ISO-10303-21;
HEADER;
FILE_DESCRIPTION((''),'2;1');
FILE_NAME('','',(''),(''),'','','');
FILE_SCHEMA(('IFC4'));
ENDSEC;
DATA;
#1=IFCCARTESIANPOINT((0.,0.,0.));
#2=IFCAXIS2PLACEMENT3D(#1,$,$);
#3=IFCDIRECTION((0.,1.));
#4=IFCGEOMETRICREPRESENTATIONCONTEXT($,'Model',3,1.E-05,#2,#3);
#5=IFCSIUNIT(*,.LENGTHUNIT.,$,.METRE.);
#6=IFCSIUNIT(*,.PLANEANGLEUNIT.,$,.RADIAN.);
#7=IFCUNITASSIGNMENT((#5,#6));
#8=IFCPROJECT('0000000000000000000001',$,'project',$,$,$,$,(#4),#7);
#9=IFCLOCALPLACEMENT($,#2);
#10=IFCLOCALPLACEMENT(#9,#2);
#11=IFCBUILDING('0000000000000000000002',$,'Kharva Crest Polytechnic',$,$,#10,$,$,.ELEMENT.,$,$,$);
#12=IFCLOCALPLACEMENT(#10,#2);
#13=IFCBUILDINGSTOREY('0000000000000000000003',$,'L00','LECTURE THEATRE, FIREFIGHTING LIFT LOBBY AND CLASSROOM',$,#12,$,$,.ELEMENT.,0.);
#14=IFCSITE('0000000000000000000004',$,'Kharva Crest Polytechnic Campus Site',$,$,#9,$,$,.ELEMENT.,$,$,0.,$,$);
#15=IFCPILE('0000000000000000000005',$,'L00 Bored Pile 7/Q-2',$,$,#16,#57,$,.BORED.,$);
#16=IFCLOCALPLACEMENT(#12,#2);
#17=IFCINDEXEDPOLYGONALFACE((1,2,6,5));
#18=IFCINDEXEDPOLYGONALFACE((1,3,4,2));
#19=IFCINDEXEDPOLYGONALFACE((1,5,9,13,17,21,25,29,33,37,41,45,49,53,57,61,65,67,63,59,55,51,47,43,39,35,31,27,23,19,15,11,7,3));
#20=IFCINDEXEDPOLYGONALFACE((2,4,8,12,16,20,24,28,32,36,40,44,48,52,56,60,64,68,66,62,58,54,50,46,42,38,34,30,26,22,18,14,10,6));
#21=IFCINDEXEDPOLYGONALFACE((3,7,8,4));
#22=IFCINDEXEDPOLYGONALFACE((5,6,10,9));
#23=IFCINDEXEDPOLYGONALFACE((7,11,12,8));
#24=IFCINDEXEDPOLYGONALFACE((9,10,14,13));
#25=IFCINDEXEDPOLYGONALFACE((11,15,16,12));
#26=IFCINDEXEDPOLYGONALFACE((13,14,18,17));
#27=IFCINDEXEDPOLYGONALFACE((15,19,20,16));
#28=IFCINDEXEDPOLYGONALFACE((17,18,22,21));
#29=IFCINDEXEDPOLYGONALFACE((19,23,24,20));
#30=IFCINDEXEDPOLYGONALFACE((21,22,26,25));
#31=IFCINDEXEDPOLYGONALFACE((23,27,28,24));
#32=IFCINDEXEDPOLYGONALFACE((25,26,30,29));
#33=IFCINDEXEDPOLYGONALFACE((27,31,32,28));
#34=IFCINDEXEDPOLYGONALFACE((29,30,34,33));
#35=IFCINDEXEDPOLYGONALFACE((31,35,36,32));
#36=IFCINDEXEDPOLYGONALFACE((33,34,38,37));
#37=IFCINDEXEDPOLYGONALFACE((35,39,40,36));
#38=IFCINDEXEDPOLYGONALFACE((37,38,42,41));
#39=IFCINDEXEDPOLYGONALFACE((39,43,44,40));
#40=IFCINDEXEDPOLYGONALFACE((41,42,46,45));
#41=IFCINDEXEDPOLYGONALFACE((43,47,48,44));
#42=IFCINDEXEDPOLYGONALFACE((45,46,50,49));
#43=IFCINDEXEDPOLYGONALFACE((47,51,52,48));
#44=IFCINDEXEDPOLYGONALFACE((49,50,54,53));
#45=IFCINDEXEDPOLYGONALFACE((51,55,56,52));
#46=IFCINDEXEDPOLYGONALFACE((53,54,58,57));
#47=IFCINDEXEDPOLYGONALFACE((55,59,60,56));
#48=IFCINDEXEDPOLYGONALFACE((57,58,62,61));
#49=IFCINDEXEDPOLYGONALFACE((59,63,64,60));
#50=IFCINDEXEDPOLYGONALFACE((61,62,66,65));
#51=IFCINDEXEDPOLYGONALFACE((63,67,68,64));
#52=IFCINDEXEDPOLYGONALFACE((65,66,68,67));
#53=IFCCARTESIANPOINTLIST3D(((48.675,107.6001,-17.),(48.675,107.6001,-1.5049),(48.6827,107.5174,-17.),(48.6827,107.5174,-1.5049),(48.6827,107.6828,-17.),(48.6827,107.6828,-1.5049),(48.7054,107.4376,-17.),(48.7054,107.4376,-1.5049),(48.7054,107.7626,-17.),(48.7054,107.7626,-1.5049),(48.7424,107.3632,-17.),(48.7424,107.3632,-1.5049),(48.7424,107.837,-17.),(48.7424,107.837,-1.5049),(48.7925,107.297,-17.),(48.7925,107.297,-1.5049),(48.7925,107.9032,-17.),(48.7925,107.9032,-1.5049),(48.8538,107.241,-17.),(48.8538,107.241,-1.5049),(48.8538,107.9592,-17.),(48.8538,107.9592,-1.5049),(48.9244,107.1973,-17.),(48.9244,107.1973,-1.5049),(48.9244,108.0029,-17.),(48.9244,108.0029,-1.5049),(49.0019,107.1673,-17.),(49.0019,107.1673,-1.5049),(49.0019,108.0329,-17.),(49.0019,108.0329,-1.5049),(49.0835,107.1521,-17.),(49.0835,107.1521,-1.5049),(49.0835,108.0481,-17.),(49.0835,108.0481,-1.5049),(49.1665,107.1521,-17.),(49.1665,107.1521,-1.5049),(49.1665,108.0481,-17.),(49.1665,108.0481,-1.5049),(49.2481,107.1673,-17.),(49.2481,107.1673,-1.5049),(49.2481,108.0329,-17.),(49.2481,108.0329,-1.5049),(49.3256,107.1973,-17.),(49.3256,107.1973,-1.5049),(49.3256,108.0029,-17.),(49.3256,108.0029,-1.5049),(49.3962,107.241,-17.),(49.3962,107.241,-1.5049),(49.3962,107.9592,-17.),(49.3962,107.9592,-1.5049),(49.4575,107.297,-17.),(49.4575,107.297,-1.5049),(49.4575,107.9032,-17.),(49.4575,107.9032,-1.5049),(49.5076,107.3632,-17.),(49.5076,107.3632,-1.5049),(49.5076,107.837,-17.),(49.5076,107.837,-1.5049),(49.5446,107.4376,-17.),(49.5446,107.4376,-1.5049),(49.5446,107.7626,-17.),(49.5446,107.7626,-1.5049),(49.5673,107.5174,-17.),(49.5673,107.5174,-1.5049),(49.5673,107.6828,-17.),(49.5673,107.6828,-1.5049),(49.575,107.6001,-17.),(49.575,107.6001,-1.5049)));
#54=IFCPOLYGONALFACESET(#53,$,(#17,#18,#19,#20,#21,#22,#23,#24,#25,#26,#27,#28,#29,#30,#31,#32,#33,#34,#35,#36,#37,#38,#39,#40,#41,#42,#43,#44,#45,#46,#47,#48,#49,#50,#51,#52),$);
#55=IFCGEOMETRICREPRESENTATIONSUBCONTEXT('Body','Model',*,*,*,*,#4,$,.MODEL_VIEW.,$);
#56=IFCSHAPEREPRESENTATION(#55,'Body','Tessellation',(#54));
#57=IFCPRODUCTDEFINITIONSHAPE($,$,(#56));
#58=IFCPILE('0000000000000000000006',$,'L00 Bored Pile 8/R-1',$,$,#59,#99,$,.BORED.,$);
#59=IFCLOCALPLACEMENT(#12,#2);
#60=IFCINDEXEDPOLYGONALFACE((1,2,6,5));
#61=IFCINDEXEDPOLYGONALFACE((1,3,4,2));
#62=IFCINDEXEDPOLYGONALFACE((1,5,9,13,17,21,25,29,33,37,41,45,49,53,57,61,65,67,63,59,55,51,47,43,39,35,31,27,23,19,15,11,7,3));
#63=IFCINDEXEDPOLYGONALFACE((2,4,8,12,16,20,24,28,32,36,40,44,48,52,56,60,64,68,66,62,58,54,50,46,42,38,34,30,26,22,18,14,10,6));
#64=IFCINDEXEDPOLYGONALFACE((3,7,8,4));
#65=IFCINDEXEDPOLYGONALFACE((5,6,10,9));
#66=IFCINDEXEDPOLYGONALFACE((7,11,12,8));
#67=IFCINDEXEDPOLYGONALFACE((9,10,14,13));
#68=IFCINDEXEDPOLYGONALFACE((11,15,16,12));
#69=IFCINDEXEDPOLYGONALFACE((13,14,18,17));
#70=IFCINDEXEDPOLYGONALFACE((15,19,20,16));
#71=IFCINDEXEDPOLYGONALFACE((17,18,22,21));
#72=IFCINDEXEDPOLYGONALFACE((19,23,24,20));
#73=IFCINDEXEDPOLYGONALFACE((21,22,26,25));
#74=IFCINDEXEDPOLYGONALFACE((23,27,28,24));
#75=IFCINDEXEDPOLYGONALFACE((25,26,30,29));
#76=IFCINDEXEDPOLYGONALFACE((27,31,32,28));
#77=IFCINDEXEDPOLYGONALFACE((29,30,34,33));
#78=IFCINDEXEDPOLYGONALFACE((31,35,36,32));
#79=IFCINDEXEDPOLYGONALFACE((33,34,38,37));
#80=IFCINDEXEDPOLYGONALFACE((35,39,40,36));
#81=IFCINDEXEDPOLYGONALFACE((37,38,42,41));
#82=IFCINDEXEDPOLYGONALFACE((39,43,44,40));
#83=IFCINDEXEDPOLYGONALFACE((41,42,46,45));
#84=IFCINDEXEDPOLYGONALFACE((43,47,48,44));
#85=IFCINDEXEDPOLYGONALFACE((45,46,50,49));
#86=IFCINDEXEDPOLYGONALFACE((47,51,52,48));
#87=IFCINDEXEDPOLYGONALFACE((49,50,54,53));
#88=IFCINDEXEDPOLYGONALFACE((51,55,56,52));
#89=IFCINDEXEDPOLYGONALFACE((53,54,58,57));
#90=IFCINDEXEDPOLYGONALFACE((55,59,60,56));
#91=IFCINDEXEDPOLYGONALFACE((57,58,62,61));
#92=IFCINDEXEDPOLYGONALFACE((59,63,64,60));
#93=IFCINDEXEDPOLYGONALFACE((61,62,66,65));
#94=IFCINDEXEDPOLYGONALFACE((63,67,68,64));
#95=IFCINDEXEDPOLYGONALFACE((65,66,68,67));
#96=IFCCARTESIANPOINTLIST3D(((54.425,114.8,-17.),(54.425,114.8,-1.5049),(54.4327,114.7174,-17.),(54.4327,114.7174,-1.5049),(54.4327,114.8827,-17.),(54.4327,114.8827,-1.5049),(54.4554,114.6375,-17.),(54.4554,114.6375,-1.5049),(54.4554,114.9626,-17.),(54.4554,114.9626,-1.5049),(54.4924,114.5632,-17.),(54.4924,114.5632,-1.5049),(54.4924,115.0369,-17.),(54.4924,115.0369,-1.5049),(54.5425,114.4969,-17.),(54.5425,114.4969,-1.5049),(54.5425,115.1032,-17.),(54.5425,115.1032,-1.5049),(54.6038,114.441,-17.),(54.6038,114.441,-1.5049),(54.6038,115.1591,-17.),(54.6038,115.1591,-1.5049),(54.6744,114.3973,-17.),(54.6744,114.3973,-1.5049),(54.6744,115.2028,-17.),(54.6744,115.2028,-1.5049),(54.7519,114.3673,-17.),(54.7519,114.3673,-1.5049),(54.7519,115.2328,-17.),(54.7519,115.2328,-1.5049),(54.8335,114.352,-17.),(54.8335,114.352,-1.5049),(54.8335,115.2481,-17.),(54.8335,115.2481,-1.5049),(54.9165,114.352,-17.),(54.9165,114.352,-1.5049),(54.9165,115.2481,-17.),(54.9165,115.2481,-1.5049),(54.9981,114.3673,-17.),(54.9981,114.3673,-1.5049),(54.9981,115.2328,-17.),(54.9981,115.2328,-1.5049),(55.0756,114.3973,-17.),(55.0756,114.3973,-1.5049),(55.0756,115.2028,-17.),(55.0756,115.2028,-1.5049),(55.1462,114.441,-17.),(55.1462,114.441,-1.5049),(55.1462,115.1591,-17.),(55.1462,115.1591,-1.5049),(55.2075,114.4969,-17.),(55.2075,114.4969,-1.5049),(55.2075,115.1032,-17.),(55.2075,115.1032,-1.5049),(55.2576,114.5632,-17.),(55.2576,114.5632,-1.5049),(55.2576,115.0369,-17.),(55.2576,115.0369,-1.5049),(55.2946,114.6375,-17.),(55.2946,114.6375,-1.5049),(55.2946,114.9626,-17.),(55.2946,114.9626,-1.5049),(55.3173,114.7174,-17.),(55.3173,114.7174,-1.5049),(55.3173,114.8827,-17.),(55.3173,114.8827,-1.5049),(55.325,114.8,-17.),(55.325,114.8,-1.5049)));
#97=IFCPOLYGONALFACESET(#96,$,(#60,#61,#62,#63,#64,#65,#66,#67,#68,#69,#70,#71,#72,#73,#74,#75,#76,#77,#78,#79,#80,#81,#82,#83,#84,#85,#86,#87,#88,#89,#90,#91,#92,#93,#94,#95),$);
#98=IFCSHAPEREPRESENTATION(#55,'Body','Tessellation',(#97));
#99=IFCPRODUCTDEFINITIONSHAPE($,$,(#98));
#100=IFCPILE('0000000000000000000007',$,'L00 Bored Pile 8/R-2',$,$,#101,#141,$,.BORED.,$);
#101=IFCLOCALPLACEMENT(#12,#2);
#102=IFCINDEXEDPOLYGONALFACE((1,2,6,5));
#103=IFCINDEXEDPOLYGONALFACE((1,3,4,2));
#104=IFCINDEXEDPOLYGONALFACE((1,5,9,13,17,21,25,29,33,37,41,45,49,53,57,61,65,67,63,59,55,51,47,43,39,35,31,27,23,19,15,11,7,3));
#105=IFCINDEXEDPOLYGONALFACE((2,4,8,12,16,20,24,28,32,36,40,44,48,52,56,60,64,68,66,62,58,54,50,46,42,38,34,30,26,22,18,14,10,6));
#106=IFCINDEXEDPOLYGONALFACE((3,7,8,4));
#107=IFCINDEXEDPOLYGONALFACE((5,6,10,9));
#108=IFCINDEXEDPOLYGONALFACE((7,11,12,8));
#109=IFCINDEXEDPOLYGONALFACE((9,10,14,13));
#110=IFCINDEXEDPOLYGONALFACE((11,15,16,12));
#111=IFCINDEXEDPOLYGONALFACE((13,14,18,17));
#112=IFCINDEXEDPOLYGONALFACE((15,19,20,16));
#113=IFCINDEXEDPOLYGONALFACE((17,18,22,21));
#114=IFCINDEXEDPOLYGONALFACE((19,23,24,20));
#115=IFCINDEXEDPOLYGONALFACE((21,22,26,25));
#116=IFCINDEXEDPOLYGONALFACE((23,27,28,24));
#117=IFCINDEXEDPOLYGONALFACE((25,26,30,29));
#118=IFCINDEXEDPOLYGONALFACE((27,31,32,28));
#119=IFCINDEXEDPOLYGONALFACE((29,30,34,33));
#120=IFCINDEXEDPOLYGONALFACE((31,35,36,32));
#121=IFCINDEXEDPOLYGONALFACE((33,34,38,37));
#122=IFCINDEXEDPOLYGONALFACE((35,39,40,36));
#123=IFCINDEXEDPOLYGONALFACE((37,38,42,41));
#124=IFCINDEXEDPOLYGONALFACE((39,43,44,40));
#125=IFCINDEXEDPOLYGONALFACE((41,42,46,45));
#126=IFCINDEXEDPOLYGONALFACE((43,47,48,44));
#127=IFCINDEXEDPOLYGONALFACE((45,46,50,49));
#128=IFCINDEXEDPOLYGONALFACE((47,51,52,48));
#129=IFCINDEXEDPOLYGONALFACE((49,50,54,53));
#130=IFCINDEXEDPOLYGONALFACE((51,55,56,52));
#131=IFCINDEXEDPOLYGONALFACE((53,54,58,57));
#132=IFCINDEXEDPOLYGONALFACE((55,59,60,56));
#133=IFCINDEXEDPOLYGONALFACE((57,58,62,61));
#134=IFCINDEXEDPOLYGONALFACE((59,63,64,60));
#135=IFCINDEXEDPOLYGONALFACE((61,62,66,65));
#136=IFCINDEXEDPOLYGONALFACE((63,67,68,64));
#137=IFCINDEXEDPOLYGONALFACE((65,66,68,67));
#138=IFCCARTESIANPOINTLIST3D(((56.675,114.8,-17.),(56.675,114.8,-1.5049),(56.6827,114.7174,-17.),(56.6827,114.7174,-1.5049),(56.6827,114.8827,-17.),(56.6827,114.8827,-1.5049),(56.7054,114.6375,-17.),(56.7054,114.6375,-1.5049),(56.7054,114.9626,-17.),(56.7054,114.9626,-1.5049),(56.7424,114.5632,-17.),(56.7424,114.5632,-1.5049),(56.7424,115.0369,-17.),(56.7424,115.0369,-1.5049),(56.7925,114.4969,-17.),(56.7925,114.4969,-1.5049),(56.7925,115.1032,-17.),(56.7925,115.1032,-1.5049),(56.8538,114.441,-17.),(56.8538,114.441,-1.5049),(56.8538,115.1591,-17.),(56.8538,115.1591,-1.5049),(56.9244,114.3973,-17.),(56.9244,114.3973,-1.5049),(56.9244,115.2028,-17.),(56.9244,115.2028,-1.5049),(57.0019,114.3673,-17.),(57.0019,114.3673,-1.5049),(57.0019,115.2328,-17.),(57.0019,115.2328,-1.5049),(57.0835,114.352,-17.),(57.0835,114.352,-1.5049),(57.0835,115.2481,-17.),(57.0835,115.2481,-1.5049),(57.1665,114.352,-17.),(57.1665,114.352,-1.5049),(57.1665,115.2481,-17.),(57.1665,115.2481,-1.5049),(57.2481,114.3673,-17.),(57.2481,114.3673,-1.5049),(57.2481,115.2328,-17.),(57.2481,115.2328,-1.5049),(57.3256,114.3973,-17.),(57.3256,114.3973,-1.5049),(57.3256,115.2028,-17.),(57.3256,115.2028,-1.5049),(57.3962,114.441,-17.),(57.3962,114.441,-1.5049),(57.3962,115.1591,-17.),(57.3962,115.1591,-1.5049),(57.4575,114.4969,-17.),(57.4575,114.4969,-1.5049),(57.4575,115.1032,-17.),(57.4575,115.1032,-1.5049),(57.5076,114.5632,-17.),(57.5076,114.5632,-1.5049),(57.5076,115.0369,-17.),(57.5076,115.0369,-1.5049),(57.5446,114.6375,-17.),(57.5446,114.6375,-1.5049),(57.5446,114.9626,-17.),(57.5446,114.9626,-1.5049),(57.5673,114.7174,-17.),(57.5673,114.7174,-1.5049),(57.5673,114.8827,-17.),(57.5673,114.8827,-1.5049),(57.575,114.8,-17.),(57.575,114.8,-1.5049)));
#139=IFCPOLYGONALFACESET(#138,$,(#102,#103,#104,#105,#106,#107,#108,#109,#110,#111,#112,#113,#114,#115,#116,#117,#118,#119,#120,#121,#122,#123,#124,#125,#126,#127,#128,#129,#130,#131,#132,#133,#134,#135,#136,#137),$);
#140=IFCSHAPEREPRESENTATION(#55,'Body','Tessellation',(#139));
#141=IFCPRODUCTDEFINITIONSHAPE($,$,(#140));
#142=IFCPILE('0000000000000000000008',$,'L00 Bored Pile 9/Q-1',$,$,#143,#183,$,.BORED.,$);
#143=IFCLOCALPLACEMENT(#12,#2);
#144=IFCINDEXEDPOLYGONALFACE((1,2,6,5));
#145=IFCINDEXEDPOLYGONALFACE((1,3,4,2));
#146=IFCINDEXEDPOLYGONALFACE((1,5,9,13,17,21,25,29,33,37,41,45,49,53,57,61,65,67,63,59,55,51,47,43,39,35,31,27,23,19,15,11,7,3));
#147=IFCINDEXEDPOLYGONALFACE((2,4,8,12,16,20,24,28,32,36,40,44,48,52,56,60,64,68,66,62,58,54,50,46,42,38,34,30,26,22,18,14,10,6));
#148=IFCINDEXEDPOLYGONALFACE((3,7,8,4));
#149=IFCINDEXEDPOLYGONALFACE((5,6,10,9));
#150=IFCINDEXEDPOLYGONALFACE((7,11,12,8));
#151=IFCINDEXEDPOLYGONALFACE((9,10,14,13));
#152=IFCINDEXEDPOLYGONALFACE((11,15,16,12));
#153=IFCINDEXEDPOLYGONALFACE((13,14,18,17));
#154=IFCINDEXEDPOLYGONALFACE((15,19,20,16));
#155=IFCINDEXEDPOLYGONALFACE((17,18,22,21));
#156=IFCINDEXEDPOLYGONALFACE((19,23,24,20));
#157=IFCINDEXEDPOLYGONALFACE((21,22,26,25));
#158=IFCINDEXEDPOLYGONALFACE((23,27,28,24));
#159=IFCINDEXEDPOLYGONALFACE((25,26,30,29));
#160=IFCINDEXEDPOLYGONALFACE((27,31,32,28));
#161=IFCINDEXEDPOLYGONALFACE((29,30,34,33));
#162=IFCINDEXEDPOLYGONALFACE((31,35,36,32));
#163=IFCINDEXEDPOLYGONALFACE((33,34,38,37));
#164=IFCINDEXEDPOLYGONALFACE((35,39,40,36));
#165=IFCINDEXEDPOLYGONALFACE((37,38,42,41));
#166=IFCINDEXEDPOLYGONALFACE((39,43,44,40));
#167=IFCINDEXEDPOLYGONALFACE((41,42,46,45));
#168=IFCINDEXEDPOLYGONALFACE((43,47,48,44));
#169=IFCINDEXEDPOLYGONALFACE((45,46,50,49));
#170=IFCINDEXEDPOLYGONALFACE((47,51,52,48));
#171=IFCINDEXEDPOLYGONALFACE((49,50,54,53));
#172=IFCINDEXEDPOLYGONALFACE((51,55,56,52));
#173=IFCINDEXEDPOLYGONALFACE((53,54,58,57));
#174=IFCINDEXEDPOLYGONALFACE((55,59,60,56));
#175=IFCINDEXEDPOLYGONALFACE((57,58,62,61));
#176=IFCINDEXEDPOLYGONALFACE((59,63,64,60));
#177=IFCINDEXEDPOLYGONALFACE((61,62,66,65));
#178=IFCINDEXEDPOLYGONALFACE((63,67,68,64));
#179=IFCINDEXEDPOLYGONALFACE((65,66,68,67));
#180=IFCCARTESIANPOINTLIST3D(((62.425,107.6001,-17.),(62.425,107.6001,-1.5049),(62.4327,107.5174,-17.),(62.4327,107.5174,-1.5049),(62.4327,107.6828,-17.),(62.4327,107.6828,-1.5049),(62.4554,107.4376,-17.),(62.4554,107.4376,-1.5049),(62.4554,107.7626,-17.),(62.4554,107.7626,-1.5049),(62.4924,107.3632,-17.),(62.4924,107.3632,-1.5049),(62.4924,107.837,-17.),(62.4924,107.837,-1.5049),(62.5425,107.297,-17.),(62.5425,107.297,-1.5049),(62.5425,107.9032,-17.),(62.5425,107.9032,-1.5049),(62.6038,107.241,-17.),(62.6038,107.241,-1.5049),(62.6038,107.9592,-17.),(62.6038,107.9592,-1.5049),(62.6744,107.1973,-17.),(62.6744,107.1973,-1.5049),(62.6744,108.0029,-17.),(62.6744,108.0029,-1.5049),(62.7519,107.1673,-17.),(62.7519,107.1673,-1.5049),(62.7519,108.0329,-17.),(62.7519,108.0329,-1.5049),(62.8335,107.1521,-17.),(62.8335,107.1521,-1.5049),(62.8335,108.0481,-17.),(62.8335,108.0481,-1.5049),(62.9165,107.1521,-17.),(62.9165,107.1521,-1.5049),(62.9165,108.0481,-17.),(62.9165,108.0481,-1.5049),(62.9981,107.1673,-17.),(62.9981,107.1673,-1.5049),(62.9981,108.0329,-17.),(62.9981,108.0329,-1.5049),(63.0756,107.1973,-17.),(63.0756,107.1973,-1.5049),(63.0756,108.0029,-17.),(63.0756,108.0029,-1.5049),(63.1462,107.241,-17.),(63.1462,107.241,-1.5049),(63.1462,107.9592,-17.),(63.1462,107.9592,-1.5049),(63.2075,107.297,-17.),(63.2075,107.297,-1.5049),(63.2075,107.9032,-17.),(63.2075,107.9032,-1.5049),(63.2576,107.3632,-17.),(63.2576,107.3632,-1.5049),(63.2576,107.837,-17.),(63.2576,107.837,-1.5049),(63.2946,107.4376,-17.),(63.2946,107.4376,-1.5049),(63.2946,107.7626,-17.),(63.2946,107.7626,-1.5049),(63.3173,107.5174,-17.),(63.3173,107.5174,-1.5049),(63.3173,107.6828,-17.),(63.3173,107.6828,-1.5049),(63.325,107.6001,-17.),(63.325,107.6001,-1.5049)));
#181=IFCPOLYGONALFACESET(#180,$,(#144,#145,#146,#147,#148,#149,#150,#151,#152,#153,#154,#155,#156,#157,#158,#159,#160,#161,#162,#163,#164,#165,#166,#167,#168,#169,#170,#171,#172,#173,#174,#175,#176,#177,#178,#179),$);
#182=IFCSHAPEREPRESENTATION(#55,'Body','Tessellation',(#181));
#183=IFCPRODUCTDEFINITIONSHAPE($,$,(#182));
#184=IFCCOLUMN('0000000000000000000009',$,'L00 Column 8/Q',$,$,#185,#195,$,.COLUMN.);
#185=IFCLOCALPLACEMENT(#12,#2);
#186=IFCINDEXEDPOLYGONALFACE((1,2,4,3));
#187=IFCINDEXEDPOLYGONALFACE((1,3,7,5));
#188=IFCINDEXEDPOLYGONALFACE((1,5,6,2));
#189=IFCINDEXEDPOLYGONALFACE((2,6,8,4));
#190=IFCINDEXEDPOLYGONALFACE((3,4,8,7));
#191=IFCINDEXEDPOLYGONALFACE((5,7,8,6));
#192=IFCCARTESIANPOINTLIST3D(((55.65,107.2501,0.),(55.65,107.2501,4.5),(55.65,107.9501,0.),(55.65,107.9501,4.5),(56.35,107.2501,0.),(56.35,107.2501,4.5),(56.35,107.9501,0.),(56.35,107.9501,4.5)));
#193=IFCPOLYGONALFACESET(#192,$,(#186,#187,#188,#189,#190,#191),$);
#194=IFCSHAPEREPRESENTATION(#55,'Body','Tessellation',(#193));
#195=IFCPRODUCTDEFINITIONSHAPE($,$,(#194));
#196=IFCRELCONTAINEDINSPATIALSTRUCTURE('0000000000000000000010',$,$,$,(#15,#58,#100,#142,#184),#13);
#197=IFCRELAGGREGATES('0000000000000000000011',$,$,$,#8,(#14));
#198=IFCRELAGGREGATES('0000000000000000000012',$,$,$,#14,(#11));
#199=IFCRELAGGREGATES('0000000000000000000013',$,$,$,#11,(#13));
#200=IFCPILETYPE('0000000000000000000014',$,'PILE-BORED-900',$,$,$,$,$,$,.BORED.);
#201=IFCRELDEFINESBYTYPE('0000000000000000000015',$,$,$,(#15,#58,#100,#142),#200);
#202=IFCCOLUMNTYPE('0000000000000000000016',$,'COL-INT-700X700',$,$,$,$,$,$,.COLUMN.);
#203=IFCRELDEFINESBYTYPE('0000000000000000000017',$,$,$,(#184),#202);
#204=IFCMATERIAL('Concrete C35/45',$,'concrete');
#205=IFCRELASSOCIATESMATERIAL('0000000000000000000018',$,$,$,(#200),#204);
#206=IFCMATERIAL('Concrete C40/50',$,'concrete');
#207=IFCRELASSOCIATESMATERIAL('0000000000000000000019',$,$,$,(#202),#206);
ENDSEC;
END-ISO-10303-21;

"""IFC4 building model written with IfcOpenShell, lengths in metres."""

from ifc_helpers import new_model, si_unit, direction, frame, origin, origin_2d, place, context, subcontext, project, spatial, rectangle, circle, extrude, material, material_profile, profile_set, type_object, element, save


model = new_model("IFC4")

# Units and contexts
model_context = context("Model", 3, precision=1e-05, world=origin(), true_north=direction((0.0, 1.0)))
body_context = subcontext(model_context, "Body", "Model", "MODEL_VIEW")
ifc_project = project(units=[si_unit("LENGTHUNIT", "METRE"), si_unit("PLANEANGLEUNIT", "RADIAN")], contexts=[model_context])

# Site, building, storey
site_placement = place(None, origin())
site = spatial("IfcSite", under=ifc_project, at=site_placement, Name="Kharva Crest Polytechnic Campus Site", CompositionType="ELEMENT", RefElevation=0.0)
building_placement = place(site_placement, origin())
building = spatial("IfcBuilding", under=site, at=building_placement, Name="Kharva Crest Polytechnic", CompositionType="ELEMENT")
storey_placement = place(building_placement, origin())
storey = spatial("IfcBuildingStorey", under=building, at=storey_placement, Name="L00", Description="LECTURE THEATRE, FIREFIGHTING LIFT LOBBY AND CLASSROOM", CompositionType="ELEMENT", Elevation=0.0)

# Shared definitions
ifc_material_1 = material(Name="Concrete C35/45", Category="concrete")

# Piles
ifc_material_profile_1 = material_profile(ifc_material_1, circle(Radius=0.45, at=origin_2d()), Name="DIA 900")
ifc_profile_set_1 = profile_set([ifc_material_profile_1], Name="Concrete C35/45")
pile_type_1 = type_object("IfcPileType", Name="PILE-BORED-900", PredefinedType="BORED", material=ifc_profile_set_1)
for number, where, z_axis, x_axis, name in (
    (1, (49.125, 107.6001, -1.5049), (0.0, 0.0, -1.0), (1.0, 0.0, 0.0), "L00 Bored Pile 7/Q-2"),
    (2, (54.875, 114.8, -1.5049), (0.0, 0.0, -1.0), (1.0, 0.0, 0.0), "L00 Bored Pile 8/R-1"),
    (3, (57.125, 114.8, -1.5049), (0.0, 0.0, -1.0), (1.0, 0.0, 0.0), "L00 Bored Pile 8/R-2"),
    (4, (62.875, 107.6001, -1.5049), (0.0, 0.0, -1.0), (1.0, 0.0, 0.0), "L00 Bored Pile 9/Q-1"),
):
    element("IfcPile", number, at=place(storey_placement, frame(where, z_axis=z_axis, x_axis=x_axis)), inside=storey, type_object=pile_type_1, Name=name, PredefinedType="BORED", context=body_context, shape_type="SweptSolid", body=[
        extrude(circle(Radius=0.45, at=origin_2d()), origin(), (0.0, 0.0, 1.0), 15.4951),
    ])

# Column
ifc_material_2 = material(Name="Concrete C40/50", Category="concrete")
ifc_material_profile_2 = material_profile(ifc_material_2, rectangle(XDim=0.7, YDim=0.7, at=origin_2d()), Name="RECT 700 X 700")
ifc_profile_set_2 = profile_set([ifc_material_profile_2], Name="Concrete C40/50")
column_type_1 = type_object("IfcColumnType", Name="COL-INT-700X700", PredefinedType="COLUMN", material=ifc_profile_set_2)
column_1_placement = place(storey_placement, frame((56.0, 107.6001, 0.0), z_axis=(0.0, 0.0, 1.0), x_axis=(1.0, 0.0, 0.0)))
element("IfcColumn", 5, at=column_1_placement, inside=storey, type_object=column_type_1, Name="L00 Column 8/Q", PredefinedType="COLUMN", context=body_context, shape_type="SweptSolid", body=[
    extrude(rectangle(XDim=0.7, YDim=0.7, at=origin_2d()), origin(), (0.0, 0.0, 1.0), 4.5),
])

save(model, "model.ifc")
